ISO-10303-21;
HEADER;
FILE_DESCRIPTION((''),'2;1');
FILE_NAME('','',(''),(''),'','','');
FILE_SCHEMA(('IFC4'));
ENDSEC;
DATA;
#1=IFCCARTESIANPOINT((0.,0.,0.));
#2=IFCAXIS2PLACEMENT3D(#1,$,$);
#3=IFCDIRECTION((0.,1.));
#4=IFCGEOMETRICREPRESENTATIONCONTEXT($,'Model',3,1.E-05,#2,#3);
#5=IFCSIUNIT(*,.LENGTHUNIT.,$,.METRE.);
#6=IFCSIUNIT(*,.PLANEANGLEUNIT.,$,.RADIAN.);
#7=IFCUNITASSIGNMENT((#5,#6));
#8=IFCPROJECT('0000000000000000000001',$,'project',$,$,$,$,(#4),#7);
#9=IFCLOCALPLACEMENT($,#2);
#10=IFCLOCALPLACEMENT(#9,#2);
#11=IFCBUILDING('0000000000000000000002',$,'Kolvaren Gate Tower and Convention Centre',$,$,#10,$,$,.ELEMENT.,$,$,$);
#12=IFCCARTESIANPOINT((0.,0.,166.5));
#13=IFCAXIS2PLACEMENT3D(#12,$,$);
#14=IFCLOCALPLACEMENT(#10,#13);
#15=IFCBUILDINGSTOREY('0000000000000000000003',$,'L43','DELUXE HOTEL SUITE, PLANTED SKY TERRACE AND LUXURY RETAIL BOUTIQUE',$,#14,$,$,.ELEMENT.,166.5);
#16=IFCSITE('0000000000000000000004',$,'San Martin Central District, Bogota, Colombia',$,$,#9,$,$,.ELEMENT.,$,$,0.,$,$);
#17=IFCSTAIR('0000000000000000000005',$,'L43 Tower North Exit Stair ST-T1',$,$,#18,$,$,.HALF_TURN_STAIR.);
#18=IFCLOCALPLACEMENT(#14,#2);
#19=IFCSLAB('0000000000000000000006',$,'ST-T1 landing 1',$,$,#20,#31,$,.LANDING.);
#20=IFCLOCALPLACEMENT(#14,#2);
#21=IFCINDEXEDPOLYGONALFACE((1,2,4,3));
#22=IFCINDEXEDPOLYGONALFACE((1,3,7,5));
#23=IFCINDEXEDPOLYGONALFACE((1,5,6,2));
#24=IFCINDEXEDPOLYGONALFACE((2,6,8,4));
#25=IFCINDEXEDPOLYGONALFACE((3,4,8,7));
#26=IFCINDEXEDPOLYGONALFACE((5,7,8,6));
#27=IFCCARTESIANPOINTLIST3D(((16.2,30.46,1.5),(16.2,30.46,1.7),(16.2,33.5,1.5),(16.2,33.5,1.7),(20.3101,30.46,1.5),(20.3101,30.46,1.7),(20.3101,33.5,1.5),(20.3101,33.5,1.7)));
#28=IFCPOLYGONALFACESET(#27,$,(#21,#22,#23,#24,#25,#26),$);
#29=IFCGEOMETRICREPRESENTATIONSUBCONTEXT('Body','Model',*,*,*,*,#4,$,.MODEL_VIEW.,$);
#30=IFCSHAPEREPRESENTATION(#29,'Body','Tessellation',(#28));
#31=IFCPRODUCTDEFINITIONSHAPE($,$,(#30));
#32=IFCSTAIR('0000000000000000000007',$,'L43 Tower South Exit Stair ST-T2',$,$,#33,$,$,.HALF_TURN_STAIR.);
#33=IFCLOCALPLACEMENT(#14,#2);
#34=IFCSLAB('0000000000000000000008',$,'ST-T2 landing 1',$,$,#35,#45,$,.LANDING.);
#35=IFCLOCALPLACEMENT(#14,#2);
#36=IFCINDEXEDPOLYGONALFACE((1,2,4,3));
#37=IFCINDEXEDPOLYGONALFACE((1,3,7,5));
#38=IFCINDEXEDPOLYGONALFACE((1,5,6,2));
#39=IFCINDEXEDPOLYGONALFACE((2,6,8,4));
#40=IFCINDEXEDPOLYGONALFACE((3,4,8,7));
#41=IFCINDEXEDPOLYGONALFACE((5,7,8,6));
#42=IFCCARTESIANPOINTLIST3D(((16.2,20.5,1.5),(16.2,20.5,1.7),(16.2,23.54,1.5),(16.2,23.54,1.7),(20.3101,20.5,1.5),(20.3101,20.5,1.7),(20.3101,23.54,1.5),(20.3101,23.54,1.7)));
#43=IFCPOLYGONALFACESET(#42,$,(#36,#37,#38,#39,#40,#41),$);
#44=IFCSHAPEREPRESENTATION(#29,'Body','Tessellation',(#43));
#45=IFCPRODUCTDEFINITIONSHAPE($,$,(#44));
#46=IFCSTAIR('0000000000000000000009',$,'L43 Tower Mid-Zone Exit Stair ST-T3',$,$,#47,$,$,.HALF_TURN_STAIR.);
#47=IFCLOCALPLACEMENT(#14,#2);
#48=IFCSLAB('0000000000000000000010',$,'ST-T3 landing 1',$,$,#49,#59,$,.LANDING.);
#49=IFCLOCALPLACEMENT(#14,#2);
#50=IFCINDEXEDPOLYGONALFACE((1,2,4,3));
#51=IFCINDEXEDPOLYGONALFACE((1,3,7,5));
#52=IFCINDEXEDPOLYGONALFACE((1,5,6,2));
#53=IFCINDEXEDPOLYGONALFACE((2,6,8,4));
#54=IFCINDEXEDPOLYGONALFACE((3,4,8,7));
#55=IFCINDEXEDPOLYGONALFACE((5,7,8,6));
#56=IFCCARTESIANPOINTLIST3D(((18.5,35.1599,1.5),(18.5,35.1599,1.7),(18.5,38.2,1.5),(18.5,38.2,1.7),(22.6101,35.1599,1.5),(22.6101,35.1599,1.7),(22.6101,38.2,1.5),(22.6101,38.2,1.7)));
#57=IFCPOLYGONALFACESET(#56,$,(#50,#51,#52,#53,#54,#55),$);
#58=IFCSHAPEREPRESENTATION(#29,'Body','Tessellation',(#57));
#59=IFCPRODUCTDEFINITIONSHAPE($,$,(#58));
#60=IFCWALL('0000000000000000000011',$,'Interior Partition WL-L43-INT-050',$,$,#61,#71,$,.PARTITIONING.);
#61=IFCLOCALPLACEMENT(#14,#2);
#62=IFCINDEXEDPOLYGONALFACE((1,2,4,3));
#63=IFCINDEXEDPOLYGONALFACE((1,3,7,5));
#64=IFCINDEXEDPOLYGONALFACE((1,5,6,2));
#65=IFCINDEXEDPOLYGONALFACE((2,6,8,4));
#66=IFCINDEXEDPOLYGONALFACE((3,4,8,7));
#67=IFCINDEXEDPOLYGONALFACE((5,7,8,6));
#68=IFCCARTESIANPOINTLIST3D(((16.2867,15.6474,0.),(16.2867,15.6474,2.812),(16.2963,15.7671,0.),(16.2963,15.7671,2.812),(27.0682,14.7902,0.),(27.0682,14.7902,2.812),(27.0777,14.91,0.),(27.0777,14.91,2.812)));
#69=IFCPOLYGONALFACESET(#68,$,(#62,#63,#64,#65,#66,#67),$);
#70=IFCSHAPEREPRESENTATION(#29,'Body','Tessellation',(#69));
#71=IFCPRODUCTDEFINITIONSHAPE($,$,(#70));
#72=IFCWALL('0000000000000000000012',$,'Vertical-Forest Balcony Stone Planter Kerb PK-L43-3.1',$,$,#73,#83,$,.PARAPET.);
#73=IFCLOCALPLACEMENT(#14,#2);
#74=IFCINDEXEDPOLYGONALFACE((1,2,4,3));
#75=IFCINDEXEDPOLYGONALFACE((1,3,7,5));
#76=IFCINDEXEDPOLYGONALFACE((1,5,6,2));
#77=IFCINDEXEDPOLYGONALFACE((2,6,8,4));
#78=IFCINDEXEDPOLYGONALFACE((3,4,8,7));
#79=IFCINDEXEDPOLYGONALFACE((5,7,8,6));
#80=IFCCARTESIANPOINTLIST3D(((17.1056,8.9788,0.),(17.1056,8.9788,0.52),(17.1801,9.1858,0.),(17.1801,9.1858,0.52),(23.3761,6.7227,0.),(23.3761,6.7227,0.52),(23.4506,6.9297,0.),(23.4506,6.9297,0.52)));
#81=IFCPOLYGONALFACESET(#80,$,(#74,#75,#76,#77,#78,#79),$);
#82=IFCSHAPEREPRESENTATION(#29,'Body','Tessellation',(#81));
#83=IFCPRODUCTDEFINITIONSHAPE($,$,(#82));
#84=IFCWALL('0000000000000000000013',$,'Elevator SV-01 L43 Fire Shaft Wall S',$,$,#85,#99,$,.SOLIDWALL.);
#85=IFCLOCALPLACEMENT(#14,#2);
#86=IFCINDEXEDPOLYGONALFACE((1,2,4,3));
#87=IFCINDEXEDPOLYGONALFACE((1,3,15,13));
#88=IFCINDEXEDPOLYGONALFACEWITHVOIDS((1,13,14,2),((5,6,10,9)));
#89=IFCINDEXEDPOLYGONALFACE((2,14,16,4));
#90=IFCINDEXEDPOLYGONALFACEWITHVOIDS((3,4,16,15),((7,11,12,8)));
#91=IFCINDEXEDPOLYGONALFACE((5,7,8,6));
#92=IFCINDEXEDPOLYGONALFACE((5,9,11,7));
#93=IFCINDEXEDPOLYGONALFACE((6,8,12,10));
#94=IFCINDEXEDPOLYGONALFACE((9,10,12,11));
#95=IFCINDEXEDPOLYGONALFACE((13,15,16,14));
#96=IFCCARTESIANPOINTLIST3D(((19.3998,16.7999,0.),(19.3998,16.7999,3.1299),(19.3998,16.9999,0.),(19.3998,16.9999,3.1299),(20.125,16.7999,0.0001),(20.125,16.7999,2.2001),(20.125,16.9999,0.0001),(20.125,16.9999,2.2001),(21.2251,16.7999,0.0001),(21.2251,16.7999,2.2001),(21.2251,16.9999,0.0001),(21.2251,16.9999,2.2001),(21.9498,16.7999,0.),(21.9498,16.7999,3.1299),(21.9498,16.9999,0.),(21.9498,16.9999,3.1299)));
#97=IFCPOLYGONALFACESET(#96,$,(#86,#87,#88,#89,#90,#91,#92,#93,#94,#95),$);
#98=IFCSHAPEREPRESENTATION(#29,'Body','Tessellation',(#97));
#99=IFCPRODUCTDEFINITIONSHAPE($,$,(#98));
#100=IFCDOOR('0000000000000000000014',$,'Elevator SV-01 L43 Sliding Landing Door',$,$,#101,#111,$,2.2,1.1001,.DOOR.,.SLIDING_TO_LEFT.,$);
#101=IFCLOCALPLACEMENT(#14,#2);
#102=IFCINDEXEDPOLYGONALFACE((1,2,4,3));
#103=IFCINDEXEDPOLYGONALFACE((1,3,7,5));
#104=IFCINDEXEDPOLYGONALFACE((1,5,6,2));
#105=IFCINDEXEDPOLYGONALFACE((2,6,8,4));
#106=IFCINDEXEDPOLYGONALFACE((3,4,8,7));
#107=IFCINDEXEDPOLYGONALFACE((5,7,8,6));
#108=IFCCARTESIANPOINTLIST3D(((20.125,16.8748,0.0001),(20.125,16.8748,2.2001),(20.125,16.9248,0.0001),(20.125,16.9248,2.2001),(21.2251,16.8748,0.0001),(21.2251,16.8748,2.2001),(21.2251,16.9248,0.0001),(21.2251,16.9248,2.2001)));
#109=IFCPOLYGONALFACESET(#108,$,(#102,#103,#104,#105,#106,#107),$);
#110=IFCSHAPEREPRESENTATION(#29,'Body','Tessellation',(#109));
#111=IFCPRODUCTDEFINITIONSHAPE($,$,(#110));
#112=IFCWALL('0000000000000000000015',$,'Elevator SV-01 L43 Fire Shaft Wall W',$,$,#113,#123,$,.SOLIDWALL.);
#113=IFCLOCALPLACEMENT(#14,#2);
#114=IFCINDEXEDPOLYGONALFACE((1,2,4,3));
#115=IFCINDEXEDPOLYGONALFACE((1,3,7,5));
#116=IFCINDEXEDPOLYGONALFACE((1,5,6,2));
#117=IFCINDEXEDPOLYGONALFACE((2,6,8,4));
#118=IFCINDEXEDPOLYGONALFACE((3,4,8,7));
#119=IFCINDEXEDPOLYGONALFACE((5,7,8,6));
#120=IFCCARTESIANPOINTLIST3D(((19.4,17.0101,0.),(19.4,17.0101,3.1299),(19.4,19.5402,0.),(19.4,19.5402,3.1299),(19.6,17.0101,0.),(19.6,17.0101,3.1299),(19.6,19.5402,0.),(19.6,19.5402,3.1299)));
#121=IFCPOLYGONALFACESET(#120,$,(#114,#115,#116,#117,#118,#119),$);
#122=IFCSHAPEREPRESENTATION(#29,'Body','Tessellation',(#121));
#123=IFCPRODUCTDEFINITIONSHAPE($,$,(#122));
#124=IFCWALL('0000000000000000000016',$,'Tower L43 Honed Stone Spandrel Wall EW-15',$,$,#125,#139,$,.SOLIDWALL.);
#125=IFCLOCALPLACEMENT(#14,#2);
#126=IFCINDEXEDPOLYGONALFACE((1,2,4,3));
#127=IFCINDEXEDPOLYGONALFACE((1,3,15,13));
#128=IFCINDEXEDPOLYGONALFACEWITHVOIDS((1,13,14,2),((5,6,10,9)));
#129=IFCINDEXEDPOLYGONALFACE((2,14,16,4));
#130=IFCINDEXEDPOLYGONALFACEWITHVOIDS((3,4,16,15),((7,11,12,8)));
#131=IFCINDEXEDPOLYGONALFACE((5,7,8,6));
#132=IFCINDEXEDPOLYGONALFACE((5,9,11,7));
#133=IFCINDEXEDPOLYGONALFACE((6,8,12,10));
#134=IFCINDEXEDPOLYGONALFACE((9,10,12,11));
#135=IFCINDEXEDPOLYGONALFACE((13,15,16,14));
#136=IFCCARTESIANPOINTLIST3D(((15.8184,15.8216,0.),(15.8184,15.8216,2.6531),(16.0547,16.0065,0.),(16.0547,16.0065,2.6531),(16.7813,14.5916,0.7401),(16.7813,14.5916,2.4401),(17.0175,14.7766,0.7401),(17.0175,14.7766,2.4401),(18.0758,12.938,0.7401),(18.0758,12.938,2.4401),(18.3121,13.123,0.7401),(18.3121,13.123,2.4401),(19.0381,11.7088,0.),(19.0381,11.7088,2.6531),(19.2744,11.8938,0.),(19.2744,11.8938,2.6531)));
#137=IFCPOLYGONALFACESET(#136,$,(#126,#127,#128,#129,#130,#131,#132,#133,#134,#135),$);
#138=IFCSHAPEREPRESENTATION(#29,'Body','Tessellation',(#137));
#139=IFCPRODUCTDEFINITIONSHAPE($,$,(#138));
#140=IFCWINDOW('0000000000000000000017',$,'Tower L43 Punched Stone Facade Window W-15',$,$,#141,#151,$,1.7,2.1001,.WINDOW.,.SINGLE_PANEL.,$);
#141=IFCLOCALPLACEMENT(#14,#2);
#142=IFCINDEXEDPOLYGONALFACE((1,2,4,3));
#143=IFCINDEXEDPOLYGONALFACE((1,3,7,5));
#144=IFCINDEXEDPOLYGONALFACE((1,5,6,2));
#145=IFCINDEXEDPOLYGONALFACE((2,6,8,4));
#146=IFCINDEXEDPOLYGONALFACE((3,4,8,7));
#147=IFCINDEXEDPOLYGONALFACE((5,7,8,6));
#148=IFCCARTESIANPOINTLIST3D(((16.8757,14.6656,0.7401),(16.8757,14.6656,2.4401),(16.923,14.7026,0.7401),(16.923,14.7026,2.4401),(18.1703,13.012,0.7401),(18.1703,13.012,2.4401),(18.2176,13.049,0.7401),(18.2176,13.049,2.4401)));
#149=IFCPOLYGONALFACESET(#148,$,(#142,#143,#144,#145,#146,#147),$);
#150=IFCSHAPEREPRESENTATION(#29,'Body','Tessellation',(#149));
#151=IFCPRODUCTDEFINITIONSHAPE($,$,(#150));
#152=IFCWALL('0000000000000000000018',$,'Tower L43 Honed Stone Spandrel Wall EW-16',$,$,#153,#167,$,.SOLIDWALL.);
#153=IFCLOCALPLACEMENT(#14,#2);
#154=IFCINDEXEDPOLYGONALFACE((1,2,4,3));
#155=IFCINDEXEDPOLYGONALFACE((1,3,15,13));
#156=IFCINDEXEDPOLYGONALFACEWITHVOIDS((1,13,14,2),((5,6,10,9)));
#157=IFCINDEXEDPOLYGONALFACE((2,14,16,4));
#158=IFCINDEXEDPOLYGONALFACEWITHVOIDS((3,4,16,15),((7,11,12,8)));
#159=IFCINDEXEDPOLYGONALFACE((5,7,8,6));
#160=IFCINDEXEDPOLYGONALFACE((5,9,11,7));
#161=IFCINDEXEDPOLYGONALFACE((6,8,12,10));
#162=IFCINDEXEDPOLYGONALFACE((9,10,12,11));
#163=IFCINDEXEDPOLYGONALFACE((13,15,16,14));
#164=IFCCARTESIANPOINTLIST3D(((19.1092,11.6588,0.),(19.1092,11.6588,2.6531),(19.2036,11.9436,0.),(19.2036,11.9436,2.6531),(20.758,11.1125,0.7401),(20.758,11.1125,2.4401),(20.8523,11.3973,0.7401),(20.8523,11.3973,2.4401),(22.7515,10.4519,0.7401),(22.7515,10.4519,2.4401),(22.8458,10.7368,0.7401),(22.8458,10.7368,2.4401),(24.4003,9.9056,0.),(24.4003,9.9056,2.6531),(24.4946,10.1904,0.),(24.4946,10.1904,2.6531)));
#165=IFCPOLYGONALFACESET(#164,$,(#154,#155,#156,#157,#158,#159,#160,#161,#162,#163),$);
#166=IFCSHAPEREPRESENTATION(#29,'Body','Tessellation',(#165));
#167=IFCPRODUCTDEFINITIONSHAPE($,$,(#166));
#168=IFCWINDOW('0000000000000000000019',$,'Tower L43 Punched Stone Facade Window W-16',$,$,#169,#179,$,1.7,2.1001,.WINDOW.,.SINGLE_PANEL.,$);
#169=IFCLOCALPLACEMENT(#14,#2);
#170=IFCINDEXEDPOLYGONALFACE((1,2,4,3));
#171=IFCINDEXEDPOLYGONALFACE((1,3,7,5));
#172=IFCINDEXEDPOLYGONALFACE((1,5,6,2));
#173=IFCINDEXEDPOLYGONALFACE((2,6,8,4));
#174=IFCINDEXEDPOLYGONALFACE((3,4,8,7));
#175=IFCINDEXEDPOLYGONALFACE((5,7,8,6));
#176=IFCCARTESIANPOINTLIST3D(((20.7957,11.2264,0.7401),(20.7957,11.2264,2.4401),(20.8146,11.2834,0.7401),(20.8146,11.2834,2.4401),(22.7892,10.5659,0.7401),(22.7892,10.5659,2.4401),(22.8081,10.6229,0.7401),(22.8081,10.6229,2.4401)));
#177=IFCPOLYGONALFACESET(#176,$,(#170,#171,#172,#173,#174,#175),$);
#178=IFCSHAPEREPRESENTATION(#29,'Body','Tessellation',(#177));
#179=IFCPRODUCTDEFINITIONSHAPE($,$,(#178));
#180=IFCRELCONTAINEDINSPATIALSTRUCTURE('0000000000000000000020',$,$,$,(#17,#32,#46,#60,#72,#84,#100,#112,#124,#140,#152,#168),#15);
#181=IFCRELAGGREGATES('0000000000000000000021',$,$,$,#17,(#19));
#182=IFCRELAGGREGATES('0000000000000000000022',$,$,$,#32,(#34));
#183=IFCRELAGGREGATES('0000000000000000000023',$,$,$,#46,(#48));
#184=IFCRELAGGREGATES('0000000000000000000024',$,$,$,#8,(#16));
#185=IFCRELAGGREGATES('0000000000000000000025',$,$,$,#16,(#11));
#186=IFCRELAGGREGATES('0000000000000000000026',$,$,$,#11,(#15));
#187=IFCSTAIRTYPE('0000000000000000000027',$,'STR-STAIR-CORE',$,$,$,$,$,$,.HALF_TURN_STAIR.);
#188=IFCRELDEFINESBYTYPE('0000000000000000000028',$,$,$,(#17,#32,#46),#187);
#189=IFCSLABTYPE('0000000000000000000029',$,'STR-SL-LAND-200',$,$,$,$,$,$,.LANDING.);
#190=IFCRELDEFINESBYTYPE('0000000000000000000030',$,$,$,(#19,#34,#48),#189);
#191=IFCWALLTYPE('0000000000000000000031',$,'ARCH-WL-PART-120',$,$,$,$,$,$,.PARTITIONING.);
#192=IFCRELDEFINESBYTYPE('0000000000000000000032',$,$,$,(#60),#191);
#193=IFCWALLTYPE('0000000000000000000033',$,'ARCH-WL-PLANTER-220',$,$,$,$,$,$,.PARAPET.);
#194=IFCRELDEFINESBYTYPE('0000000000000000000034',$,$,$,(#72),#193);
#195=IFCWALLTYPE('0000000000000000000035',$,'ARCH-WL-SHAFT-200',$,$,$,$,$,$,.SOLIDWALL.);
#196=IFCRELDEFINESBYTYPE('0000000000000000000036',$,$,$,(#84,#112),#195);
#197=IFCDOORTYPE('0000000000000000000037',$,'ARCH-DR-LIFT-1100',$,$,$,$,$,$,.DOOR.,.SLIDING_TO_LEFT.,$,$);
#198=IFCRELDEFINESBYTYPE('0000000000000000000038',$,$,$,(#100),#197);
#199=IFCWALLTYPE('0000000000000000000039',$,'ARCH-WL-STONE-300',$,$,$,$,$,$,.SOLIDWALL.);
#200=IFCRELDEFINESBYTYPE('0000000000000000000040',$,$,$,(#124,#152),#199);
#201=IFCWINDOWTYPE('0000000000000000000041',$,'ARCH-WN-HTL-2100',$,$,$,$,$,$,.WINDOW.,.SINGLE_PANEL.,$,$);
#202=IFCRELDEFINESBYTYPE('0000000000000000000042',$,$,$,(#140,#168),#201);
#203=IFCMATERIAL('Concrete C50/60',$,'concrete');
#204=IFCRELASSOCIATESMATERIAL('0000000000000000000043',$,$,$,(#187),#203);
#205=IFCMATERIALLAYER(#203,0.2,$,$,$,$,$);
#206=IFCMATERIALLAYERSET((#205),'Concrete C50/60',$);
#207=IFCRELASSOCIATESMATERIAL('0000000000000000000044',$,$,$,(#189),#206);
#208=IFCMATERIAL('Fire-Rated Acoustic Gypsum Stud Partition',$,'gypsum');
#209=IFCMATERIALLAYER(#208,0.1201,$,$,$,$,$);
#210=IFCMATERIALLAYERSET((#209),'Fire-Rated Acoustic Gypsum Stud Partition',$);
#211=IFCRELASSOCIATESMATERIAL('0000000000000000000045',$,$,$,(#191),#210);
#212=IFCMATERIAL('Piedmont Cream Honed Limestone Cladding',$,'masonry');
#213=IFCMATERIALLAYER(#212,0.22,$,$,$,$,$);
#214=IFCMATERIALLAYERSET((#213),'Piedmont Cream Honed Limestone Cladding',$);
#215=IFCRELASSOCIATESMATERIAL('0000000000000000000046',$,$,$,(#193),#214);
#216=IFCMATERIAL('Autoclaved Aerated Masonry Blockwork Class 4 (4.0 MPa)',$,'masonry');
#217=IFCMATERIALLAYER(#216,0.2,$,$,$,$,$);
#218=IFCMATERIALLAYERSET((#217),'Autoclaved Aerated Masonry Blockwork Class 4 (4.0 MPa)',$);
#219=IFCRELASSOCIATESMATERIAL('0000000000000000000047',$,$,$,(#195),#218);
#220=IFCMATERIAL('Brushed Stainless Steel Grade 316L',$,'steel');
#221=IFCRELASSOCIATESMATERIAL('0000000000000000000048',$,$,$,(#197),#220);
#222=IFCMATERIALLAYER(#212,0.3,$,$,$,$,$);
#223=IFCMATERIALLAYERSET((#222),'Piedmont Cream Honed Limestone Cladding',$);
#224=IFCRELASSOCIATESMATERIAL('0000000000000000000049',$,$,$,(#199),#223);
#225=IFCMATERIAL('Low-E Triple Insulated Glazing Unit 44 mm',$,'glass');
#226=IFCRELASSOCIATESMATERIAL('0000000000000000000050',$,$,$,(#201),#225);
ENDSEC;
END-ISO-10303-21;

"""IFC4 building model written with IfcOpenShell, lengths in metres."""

from ifc_helpers import new_model, si_unit, direction, frame, frame_2d, origin, place, context, subcontext, project, spatial, polyline, rectangle, outline, extrude, material, layer, layer_set, type_object, element, fill, aggregate, save


model = new_model("IFC4")

# Units and contexts
model_context = context("Model", 3, precision=1e-05, world=origin(), true_north=direction((0.0, 1.0)))
body_context = subcontext(model_context, "Body", "Model", "MODEL_VIEW")
ifc_project = project(units=[si_unit("LENGTHUNIT", "METRE"), si_unit("PLANEANGLEUNIT", "RADIAN")], contexts=[model_context])

# Site, building, storey
site_placement = place(None, origin())
site = spatial("IfcSite", under=ifc_project, at=site_placement, Name="San Martin Central District, Bogota, Colombia", CompositionType="ELEMENT", RefElevation=0.0)
building_placement = place(site_placement, origin())
building = spatial("IfcBuilding", under=site, at=building_placement, Name="Kolvaren Gate Tower and Convention Centre", CompositionType="ELEMENT")
storey_placement = place(building_placement, frame((0.0, 0.0, 166.5)))
storey = spatial("IfcBuildingStorey", under=building, at=storey_placement, Name="L43", Description="DELUXE HOTEL SUITE, PLANTED SKY TERRACE AND LUXURY RETAIL BOUTIQUE", CompositionType="ELEMENT", Elevation=166.5)

# Shared definitions
ifc_material_1 = material(Name="Concrete C50/60", Category="concrete")

# Stairs, slabs
stair_type = type_object("IfcStairType", Name="STR-STAIR-CORE", PredefinedType="HALF_TURN_STAIR", material=ifc_material_1)
stair_1_placement = place(storey_placement, origin())
stair_1 = element("IfcStair", 1, at=stair_1_placement, inside=storey, type_object=stair_type, Name="L43 Tower North Exit Stair ST-T1", PredefinedType="HALF_TURN_STAIR")
ifc_layer_1 = layer(ifc_material_1, 0.2)
ifc_layer_set_1 = layer_set([ifc_layer_1], Name="Concrete C50/60")
slab_type_1 = type_object("IfcSlabType", Name="STR-SL-LAND-200", PredefinedType="LANDING", material=ifc_layer_set_1)
slab_1_placement = place(storey_placement, frame((0.0, 0.0, 1.5)))
slab_1 = element("IfcSlab", 2, at=slab_1_placement, type_object=slab_type_1, Name="ST-T1 landing 1", PredefinedType="LANDING", context=body_context, shape_type="SweptSolid", body=[
    extrude(outline(polyline([(20.3101, 33.5), (16.2, 33.5), (16.2, 30.46), (20.3101, 30.46), (20.3101, 33.5)])), origin(), (0.0, 0.0, 1.0), 0.2),
])
aggregate(stair_1, [slab_1])
stair_2_placement = place(storey_placement, origin())
stair_2 = element("IfcStair", 3, at=stair_2_placement, inside=storey, type_object=stair_type, Name="L43 Tower South Exit Stair ST-T2", PredefinedType="HALF_TURN_STAIR")
slab_2_placement = place(storey_placement, frame((0.0, 0.0, 1.5)))
slab_2 = element("IfcSlab", 4, at=slab_2_placement, type_object=slab_type_1, Name="ST-T2 landing 1", PredefinedType="LANDING", context=body_context, shape_type="SweptSolid", body=[
    extrude(outline(polyline([(20.3101, 23.54), (16.2, 23.54), (16.2, 20.5), (20.3101, 20.5), (20.3101, 23.54)])), origin(), (0.0, 0.0, 1.0), 0.2),
])
aggregate(stair_2, [slab_2])
stair_3_placement = place(storey_placement, origin())
stair_3 = element("IfcStair", 5, at=stair_3_placement, inside=storey, type_object=stair_type, Name="L43 Tower Mid-Zone Exit Stair ST-T3", PredefinedType="HALF_TURN_STAIR")
slab_3_placement = place(storey_placement, frame((0.0, 0.0, 1.5)))
slab_3 = element("IfcSlab", 6, at=slab_3_placement, type_object=slab_type_1, Name="ST-T3 landing 1", PredefinedType="LANDING", context=body_context, shape_type="SweptSolid", body=[
    extrude(outline(polyline([(22.6101, 38.2), (18.5, 38.2), (18.5, 35.1599), (22.6101, 35.1599), (22.6101, 38.2)])), origin(), (0.0, 0.0, 1.0), 0.2),
])
aggregate(stair_3, [slab_3])

# Walls
ifc_material_2 = material(Name="Fire-Rated Acoustic Gypsum Stud Partition", Category="gypsum")
ifc_layer_2 = layer(ifc_material_2, 0.1201)
ifc_layer_set_2 = layer_set([ifc_layer_2], Name="Fire-Rated Acoustic Gypsum Stud Partition")
wall_type_1 = type_object("IfcWallType", Name="ARCH-WL-PART-120", PredefinedType="PARTITIONING", material=ifc_layer_set_2)
wall_1_placement = place(storey_placement, frame((16.2915, 15.7073, 0.0), z_axis=(0.0, 0.0, 1.0), x_axis=(0.996854, -0.079254, 0.0)))
element("IfcWall", 7, at=wall_1_placement, inside=storey, type_object=wall_type_1, Name="Interior Partition WL-L43-INT-050", PredefinedType="PARTITIONING", context=body_context, shape_type="SweptSolid", body=[
    extrude(rectangle(XDim=10.8154, YDim=0.1201, at=frame_2d((5.4077, 0.0))), origin(), (0.0, 0.0, 1.0), 2.812),
])
ifc_material_3 = material(Name="Piedmont Cream Honed Limestone Cladding", Category="masonry")
ifc_layer_3 = layer(ifc_material_3, 0.22)
ifc_layer_set_3 = layer_set([ifc_layer_3], Name="Piedmont Cream Honed Limestone Cladding")
wall_type_2 = type_object("IfcWallType", Name="ARCH-WL-PLANTER-220", PredefinedType="PARAPET", material=ifc_layer_set_3)
wall_2_placement = place(storey_placement, frame((17.1428, 9.0823, 0.0), z_axis=(0.0, 0.0, 1.0), x_axis=(0.940949, -0.33855, 0.0)))
element("IfcWall", 8, at=wall_2_placement, inside=storey, type_object=wall_type_2, Name="Vertical-Forest Balcony Stone Planter Kerb PK-L43-3.1", PredefinedType="PARAPET", context=body_context, shape_type="SweptSolid", body=[
    extrude(rectangle(XDim=6.6641, YDim=0.22, at=frame_2d((3.332, 0.0))), origin(), (0.0, 0.0, 1.0), 0.52),
])

# Wall, opening, door
ifc_material_4 = material(Name="Autoclaved Aerated Masonry Blockwork Class 4 (4.0 MPa)", Category="masonry")
ifc_layer_4 = layer(ifc_material_4, 0.2)
ifc_layer_set_4 = layer_set([ifc_layer_4], Name="Autoclaved Aerated Masonry Blockwork Class 4 (4.0 MPa)")
wall_type_3 = type_object("IfcWallType", Name="ARCH-WL-SHAFT-200", PredefinedType="SOLIDWALL", material=ifc_layer_set_4)
wall_3_placement = place(storey_placement, frame((19.3999, 16.8999, 0.0), z_axis=(0.0, 0.0, 1.0), x_axis=(1.0, 0.0, 0.0)))
wall_3 = element("IfcWall", 9, at=wall_3_placement, inside=storey, type_object=wall_type_3, Name="Elevator SV-01 L43 Fire Shaft Wall S", PredefinedType="SOLIDWALL", context=body_context, shape_type="SweptSolid", body=[
    extrude(rectangle(XDim=2.55, YDim=0.2, at=frame_2d((1.2749, 0.0))), origin(), (0.0, 0.0, 1.0), 3.1299),
])
opening_1_placement = place(wall_3_placement, frame((0.7251, 0.0, 0.0)))
opening_1 = element("IfcOpeningElement", 10, at=opening_1_placement, cuts=wall_3, PredefinedType="OPENING", context=body_context, shape_type="SweptSolid", body=[
    extrude(rectangle(XDim=1.1001, YDim=2.2, at=frame_2d((0.55, 1.1001))), frame((0.0, 0.1099, 0.0), z_axis=(0.0, -1.0, 0.0), x_axis=(1.0, 0.0, 0.0)), (0.0, 0.0, 1.0), 0.22),
])
ifc_material_5 = material(Name="Brushed Stainless Steel Grade 316L", Category="steel")
door_type = type_object("IfcDoorType", Name="ARCH-DR-LIFT-1100", OperationType="SLIDING_TO_LEFT", PredefinedType="DOOR", material=ifc_material_5)
door_placement = place(opening_1_placement, origin())
door = element("IfcDoor", 11, at=door_placement, inside=storey, type_object=door_type, Name="Elevator SV-01 L43 Sliding Landing Door", OperationType="SLIDING_TO_LEFT", OverallHeight=2.2, OverallWidth=1.1001, PredefinedType="DOOR", context=body_context, shape_type="SweptSolid", body=[
    extrude(rectangle(XDim=1.1001, YDim=2.2, at=frame_2d((0.55, 1.1001))), frame((0.0, 0.0249, 0.0), z_axis=(0.0, -1.0, 0.0), x_axis=(1.0, 0.0, 0.0)), (0.0, 0.0, 1.0), 0.05),
])
fill(opening_1, door)

# Wall
wall_4_placement = place(storey_placement, frame((19.5, 17.01, 0.0), z_axis=(0.0, 0.0, 1.0), x_axis=(0.0, 1.0, 0.0)))
element("IfcWall", 12, at=wall_4_placement, inside=storey, type_object=wall_type_3, Name="Elevator SV-01 L43 Fire Shaft Wall W", PredefinedType="SOLIDWALL", context=body_context, shape_type="SweptSolid", body=[
    extrude(rectangle(XDim=2.53, YDim=0.2, at=frame_2d((1.2651, 0.0))), origin(), (0.0, 0.0, 1.0), 3.1299),
])

# Walls, openings, windows
ifc_layer_5 = layer(ifc_material_3, 0.3)
ifc_layer_set_5 = layer_set([ifc_layer_5], Name="Piedmont Cream Honed Limestone Cladding")
wall_type_4 = type_object("IfcWallType", Name="ARCH-WL-STONE-300", PredefinedType="SOLIDWALL", material=ifc_layer_set_5)
wall_5_placement = place(storey_placement, frame((15.9365, 15.9141, 0.0), z_axis=(0.0, 0.0, 1.0), x_axis=(0.616429, -0.78741, 0.0)))
wall_5 = element("IfcWall", 13, at=wall_5_placement, inside=storey, type_object=wall_type_4, Name="Tower L43 Honed Stone Spandrel Wall EW-15", PredefinedType="SOLIDWALL", context=body_context, shape_type="SweptSolid", body=[
    extrude(rectangle(XDim=5.2231, YDim=0.3, at=frame_2d((2.6116, 0.0))), origin(), (0.0, 0.0, 1.0), 2.6531),
])
opening_2_placement = place(wall_5_placement, frame((1.562, 0.0, 0.74)))
opening_2 = element("IfcOpeningElement", 14, at=opening_2_placement, cuts=wall_5, PredefinedType="OPENING", context=body_context, shape_type="SweptSolid", body=[
    extrude(rectangle(XDim=2.1001, YDim=1.7, at=frame_2d((1.05, 0.8501))), frame((0.0, 0.1599, 0.0), z_axis=(0.0, -1.0, 0.0), x_axis=(1.0, 0.0, 0.0)), (0.0, 0.0, 1.0), 0.3201),
])
ifc_material_6 = material(Name="Low-E Triple Insulated Glazing Unit 44 mm", Category="glass")
window_type = type_object("IfcWindowType", Name="ARCH-WN-HTL-2100", PartitioningType="SINGLE_PANEL", PredefinedType="WINDOW", material=ifc_material_6)
window_1_placement = place(opening_2_placement, origin())
window_1 = element("IfcWindow", 15, at=window_1_placement, inside=storey, type_object=window_type, Name="Tower L43 Punched Stone Facade Window W-15", OverallHeight=1.7, OverallWidth=2.1001, PartitioningType="SINGLE_PANEL", PredefinedType="WINDOW", context=body_context, shape_type="SweptSolid", body=[
    extrude(rectangle(XDim=2.1001, YDim=1.7, at=frame_2d((1.05, 0.8501))), frame((0.0, 0.03, 0.0), z_axis=(0.0, -1.0, 0.0), x_axis=(1.0, 0.0, 0.0)), (0.0, 0.0, 1.0), 0.0601),
])
fill(opening_2, window_1)
wall_6_placement = place(storey_placement, frame((19.1562, 11.8013, 0.0), z_axis=(0.0, 0.0, 1.0), x_axis=(0.949247, -0.314532, 0.0)))
wall_6 = element("IfcWall", 16, at=wall_6_placement, inside=storey, type_object=wall_type_4, Name="Tower L43 Honed Stone Spandrel Wall EW-16", PredefinedType="SOLIDWALL", context=body_context, shape_type="SweptSolid", body=[
    extrude(rectangle(XDim=5.574, YDim=0.3, at=frame_2d((2.7871, 0.0))), origin(), (0.0, 0.0, 1.0), 2.6531),
])
opening_3_placement = place(wall_6_placement, frame((1.7371, 0.0, 0.74)))
opening_3 = element("IfcOpeningElement", 17, at=opening_3_placement, cuts=wall_6, PredefinedType="OPENING", context=body_context, shape_type="SweptSolid", body=[
    extrude(rectangle(XDim=2.1001, YDim=1.7, at=frame_2d((1.05, 0.8501))), frame((0.0, 0.1599, 0.0), z_axis=(0.0, -1.0, 0.0), x_axis=(1.0, 0.0, 0.0)), (0.0, 0.0, 1.0), 0.3201),
])
window_2_placement = place(opening_3_placement, origin())
window_2 = element("IfcWindow", 18, at=window_2_placement, inside=storey, type_object=window_type, Name="Tower L43 Punched Stone Facade Window W-16", OverallHeight=1.7, OverallWidth=2.1001, PartitioningType="SINGLE_PANEL", PredefinedType="WINDOW", context=body_context, shape_type="SweptSolid", body=[
    extrude(rectangle(XDim=2.1001, YDim=1.7, at=frame_2d((1.05, 0.8501))), frame((0.0, 0.03, 0.0), z_axis=(0.0, -1.0, 0.0), x_axis=(1.0, 0.0, 0.0)), (0.0, 0.0, 1.0), 0.0601),
])
fill(opening_3, window_2)

save(model, "model.ifc")
